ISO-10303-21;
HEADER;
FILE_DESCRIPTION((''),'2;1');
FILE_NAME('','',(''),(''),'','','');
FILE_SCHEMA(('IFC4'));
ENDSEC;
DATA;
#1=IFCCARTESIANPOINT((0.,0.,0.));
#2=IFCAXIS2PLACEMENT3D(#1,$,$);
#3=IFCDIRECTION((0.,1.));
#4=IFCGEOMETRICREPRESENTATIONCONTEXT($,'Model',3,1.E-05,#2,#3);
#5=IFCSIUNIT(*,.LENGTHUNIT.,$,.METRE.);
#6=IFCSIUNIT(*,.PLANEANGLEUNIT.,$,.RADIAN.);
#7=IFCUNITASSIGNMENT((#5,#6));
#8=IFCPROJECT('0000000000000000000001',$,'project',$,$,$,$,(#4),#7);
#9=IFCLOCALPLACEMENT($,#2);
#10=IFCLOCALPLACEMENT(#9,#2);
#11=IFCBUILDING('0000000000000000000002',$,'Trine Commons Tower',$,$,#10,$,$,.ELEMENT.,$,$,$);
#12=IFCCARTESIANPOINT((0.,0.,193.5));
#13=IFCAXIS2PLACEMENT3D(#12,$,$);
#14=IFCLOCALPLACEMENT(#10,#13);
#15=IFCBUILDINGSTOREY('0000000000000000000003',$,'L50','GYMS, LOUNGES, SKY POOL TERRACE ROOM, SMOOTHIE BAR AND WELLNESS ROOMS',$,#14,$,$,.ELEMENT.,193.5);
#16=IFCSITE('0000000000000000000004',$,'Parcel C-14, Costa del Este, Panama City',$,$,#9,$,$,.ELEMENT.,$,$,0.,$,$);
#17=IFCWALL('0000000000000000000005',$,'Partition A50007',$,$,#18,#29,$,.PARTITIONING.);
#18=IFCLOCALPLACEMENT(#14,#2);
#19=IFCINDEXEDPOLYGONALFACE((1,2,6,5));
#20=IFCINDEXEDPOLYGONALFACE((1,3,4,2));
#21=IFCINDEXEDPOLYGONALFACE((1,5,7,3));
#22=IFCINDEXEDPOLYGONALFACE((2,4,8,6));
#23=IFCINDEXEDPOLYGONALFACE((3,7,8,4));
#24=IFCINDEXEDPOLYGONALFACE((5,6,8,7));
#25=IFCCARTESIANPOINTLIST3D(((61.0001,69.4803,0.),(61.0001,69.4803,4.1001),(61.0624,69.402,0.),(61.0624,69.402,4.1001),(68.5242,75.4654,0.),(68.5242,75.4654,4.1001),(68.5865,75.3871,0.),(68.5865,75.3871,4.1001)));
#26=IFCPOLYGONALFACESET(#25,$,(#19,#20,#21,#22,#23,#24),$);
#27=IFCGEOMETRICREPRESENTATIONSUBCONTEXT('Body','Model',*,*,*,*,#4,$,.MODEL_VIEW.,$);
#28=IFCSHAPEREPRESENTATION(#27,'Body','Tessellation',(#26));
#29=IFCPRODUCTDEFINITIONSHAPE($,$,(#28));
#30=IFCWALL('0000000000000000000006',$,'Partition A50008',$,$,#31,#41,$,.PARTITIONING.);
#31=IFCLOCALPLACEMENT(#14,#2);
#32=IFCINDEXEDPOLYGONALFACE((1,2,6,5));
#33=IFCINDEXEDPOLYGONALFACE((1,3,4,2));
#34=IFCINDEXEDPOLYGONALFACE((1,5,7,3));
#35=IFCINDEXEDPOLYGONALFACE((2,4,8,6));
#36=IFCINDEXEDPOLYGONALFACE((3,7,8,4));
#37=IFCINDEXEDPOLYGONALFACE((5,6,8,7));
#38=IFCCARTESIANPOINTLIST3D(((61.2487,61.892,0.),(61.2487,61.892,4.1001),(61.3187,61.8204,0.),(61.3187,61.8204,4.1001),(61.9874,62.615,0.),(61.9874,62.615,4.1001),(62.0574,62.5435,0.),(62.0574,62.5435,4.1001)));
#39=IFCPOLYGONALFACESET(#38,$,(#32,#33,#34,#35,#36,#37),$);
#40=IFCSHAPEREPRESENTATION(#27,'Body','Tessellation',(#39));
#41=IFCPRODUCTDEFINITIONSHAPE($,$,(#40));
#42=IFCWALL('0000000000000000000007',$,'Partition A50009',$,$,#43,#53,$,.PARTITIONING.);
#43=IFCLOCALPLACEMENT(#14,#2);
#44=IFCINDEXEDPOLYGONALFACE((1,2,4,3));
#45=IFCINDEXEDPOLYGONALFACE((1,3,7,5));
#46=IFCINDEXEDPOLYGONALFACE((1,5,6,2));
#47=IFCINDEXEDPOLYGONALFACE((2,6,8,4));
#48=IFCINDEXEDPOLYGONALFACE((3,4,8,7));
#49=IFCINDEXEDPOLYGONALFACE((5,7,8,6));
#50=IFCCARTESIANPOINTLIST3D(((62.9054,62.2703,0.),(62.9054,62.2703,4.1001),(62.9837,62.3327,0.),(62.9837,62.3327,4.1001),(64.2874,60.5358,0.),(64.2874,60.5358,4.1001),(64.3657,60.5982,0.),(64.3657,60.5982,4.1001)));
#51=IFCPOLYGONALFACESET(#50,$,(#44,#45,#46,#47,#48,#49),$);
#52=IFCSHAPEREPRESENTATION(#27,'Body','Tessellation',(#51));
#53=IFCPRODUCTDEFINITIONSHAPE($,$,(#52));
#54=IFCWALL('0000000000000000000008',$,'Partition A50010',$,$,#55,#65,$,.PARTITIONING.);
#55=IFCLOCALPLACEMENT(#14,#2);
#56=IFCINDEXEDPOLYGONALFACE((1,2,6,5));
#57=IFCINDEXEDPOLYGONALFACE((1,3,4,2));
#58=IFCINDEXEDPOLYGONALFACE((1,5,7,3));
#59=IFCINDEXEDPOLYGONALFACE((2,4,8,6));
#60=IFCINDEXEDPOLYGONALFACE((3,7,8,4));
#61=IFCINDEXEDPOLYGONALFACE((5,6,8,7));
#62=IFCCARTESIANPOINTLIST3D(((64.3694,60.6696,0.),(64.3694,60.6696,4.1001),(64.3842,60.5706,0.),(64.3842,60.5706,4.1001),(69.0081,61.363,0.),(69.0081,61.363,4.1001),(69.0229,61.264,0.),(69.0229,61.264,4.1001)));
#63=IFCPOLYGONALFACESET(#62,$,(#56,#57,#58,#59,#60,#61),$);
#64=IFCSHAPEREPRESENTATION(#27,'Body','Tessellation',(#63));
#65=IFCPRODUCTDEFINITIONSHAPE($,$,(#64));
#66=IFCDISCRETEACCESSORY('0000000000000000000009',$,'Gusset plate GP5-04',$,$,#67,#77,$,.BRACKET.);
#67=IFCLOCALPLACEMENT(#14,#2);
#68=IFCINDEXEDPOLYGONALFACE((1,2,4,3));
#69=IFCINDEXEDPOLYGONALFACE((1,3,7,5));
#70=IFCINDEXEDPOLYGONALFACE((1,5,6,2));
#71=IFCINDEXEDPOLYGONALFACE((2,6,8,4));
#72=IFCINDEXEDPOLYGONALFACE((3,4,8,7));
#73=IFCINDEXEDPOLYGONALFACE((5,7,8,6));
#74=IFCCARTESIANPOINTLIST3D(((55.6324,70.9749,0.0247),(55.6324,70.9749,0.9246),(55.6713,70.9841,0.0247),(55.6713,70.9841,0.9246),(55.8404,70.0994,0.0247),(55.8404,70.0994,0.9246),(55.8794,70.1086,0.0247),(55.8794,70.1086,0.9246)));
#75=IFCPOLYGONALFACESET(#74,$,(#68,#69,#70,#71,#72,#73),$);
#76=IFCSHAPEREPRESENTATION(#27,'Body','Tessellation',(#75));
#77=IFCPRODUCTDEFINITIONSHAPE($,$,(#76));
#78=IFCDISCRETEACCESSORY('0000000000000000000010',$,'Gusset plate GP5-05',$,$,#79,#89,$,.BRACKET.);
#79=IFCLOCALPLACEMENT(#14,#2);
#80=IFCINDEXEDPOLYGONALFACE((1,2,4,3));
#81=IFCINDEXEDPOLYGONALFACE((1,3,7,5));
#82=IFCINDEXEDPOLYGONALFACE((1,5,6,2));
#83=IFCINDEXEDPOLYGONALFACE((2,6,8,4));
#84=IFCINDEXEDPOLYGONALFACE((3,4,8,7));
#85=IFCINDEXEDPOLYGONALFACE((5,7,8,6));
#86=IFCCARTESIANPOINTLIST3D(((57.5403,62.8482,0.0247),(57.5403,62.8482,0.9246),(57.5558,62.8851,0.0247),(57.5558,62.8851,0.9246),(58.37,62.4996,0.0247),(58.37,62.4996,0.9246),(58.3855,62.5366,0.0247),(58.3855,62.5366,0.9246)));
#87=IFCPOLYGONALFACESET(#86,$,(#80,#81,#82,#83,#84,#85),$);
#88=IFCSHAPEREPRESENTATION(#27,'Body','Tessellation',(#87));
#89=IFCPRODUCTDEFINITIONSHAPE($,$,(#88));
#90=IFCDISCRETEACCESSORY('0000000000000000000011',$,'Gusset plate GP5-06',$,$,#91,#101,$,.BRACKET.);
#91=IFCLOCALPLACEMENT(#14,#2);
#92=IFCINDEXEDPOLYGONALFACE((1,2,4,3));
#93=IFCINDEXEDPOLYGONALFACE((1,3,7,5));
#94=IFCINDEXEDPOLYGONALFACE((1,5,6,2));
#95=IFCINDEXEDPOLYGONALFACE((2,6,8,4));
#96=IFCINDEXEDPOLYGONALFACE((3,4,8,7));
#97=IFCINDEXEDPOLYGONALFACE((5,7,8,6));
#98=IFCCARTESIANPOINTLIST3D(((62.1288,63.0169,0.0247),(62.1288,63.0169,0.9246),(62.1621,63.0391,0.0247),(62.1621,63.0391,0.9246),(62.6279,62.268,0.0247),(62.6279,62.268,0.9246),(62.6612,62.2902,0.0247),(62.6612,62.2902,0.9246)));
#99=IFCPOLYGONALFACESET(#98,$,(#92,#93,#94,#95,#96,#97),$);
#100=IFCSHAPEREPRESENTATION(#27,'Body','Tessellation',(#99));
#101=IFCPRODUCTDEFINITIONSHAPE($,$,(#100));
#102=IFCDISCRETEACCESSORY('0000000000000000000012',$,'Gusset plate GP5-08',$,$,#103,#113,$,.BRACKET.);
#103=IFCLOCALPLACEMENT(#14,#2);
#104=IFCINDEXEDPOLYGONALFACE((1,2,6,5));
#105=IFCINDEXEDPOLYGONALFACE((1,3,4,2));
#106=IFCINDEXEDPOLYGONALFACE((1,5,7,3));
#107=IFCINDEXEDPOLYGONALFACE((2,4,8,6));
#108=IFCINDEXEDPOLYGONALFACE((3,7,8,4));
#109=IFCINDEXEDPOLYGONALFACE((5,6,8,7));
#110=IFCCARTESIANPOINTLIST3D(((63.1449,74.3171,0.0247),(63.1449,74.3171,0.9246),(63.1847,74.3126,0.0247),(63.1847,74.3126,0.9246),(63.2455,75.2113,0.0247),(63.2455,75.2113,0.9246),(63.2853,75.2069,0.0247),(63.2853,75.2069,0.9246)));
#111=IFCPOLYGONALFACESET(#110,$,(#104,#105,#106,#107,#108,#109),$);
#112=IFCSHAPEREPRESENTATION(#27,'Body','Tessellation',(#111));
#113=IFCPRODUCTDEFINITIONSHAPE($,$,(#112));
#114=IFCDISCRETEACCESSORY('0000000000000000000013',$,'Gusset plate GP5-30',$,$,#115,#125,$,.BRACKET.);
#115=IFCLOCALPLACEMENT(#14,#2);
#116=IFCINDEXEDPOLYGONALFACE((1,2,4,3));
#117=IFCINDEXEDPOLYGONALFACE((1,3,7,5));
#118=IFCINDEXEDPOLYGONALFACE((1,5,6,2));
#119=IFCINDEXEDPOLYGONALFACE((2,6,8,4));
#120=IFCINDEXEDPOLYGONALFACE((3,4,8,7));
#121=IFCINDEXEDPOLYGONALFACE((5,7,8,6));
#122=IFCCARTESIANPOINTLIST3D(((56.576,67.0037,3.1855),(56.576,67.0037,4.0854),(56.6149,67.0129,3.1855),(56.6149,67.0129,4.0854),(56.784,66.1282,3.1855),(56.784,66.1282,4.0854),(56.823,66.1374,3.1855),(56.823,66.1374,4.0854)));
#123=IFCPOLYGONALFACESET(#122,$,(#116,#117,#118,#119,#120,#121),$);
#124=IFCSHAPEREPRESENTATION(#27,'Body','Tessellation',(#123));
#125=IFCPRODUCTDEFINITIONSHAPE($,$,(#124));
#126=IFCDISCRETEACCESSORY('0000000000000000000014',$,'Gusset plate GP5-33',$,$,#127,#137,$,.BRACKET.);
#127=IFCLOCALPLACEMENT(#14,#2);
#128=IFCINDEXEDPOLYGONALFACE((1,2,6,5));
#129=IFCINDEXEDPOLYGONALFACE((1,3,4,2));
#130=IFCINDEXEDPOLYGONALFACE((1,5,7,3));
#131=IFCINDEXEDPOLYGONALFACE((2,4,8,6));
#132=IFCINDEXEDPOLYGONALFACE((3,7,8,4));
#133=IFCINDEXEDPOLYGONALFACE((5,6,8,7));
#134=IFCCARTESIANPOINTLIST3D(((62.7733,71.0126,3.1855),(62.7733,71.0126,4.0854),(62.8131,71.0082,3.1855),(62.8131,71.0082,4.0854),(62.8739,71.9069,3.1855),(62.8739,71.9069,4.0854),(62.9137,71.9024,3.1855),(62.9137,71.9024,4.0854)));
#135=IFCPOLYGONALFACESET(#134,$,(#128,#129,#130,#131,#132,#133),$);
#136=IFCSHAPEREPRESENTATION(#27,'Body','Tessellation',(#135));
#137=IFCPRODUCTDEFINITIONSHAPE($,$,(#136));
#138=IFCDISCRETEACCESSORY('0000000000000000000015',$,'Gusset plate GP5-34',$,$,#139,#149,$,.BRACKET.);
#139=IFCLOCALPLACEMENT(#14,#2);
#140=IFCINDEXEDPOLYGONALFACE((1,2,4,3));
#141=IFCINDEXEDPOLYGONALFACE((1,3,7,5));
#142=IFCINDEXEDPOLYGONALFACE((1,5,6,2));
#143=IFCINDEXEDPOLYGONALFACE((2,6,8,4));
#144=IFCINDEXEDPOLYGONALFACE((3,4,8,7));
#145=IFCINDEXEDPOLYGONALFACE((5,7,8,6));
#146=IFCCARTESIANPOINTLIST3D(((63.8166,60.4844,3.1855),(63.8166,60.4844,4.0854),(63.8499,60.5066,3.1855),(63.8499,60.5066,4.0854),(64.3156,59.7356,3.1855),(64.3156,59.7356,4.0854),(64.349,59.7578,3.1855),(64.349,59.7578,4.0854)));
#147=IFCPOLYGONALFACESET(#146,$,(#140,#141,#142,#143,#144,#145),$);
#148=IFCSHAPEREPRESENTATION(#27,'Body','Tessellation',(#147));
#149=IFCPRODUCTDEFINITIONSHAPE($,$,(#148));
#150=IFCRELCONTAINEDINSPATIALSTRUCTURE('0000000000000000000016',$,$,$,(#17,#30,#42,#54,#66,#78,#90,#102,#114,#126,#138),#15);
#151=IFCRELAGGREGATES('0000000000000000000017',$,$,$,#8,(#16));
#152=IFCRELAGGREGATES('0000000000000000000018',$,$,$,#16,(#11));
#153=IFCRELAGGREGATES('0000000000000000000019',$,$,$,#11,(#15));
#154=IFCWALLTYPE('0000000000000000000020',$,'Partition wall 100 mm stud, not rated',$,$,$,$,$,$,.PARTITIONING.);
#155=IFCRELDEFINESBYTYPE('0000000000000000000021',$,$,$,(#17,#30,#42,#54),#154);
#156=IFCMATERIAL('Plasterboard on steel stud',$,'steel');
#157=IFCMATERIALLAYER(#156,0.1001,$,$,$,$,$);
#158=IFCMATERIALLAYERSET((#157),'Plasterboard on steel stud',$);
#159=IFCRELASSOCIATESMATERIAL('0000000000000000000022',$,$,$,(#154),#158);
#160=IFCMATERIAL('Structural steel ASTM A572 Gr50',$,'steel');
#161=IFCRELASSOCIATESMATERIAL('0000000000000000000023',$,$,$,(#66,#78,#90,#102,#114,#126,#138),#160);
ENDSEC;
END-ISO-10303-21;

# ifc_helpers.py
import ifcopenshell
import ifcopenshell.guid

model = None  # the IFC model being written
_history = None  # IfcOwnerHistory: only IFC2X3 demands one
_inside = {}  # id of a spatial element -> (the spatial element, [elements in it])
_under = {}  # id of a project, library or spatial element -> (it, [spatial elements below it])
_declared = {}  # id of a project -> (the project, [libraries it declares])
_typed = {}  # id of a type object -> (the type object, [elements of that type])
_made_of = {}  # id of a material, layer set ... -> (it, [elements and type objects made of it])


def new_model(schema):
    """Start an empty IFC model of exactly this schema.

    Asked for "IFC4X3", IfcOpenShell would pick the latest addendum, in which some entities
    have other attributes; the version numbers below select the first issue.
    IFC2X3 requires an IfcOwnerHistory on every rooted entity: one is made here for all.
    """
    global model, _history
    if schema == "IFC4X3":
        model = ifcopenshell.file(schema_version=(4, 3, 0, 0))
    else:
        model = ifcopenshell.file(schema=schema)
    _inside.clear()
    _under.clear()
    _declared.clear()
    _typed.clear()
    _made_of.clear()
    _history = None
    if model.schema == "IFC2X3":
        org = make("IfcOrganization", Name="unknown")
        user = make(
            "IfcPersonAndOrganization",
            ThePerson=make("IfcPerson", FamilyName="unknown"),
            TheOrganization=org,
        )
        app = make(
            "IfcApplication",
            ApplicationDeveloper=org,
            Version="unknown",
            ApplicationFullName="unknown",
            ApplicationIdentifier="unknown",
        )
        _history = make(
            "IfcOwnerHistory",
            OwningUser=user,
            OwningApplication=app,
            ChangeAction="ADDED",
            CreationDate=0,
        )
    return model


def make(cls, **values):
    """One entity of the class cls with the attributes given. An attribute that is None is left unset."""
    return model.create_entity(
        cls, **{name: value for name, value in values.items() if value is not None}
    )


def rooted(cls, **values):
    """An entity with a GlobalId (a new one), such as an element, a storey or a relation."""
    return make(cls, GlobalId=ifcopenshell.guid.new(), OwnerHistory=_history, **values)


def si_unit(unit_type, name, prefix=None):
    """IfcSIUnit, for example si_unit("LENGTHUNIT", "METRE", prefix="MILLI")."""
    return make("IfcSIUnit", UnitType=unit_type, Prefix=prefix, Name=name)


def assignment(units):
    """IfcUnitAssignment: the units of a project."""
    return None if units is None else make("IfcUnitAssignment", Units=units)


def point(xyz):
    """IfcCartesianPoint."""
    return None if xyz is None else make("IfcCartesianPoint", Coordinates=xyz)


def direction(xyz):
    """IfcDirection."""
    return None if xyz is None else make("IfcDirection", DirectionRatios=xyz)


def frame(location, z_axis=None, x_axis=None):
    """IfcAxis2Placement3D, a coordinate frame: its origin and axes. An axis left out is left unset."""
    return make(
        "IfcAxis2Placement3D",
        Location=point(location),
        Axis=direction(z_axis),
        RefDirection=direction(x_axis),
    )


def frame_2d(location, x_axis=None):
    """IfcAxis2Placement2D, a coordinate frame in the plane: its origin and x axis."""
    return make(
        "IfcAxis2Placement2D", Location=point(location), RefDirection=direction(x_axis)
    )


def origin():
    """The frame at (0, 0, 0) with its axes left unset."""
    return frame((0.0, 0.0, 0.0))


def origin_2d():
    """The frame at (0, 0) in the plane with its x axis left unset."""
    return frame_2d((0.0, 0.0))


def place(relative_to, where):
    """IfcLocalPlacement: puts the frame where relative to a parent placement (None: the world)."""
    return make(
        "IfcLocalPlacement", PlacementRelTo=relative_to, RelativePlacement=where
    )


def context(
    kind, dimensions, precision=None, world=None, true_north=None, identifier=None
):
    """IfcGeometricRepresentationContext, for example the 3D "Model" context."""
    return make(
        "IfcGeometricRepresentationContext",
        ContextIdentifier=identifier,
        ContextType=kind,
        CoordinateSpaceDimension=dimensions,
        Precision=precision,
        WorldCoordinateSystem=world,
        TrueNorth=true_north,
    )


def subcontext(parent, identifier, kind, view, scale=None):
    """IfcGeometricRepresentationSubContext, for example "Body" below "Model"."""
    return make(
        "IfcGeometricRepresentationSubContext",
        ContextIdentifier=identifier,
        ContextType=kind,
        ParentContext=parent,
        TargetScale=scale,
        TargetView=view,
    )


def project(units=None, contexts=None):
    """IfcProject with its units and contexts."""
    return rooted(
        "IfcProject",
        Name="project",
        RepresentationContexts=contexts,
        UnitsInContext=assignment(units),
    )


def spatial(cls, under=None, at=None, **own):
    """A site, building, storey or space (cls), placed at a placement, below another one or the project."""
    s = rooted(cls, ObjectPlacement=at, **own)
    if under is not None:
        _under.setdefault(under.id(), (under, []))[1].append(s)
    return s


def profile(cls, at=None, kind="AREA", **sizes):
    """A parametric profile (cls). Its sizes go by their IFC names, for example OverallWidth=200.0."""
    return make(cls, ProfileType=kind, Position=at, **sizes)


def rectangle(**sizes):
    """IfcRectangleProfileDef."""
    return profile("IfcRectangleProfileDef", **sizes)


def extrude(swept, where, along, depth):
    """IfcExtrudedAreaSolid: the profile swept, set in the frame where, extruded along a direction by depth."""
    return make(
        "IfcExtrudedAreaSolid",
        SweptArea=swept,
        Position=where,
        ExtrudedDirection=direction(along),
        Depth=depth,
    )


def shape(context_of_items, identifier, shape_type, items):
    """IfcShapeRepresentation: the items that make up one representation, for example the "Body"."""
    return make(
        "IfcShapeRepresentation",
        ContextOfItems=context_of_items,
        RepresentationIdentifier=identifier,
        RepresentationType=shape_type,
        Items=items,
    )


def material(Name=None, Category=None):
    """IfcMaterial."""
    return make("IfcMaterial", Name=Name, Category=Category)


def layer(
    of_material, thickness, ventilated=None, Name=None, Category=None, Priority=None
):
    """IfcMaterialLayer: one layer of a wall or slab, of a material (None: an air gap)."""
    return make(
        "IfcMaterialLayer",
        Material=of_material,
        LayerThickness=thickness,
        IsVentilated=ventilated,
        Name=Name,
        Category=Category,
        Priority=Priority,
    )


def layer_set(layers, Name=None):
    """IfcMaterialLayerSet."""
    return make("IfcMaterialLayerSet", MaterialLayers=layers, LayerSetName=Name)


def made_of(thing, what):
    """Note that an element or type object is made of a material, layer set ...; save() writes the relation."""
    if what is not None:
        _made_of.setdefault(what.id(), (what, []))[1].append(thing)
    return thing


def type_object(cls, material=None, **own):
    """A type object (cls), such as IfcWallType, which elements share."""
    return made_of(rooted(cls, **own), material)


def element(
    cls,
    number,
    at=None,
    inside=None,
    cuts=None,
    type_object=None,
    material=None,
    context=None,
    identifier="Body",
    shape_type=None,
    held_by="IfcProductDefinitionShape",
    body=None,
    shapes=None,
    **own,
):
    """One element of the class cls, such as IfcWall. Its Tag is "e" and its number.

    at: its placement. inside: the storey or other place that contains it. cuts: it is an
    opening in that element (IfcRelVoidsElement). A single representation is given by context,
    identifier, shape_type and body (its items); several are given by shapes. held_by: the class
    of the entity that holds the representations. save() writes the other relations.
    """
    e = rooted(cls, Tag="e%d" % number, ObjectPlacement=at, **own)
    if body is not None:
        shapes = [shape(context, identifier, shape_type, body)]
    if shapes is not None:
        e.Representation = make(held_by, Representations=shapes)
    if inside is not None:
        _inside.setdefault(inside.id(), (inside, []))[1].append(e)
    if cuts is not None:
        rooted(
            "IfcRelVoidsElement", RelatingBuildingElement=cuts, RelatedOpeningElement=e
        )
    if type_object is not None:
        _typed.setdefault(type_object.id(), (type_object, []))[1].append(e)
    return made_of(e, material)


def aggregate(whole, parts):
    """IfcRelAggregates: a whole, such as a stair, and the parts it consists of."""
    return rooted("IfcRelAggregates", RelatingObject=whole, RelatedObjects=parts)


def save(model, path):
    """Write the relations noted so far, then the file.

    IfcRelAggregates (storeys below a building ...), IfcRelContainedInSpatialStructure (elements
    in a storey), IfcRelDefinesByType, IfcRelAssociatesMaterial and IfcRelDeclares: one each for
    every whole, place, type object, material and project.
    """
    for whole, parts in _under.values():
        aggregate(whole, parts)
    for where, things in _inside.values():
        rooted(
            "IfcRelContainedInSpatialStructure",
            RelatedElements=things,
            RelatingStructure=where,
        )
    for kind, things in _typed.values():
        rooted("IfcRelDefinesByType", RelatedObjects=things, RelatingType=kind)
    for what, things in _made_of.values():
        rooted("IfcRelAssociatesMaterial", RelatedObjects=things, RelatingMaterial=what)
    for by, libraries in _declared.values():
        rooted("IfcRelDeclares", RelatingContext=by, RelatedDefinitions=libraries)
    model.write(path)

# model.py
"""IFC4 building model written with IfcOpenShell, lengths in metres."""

from ifc_helpers import new_model, si_unit, direction, frame, frame_2d, origin, origin_2d, place, context, subcontext, project, spatial, rectangle, extrude, material, layer, layer_set, type_object, element, save


model = new_model("IFC4")

# Units and contexts
model_context = context("Model", 3, precision=1e-05, world=origin(), true_north=direction((0.0, 1.0)))
body_context = subcontext(model_context, "Body", "Model", "MODEL_VIEW")
ifc_project = project(units=[si_unit("LENGTHUNIT", "METRE"), si_unit("PLANEANGLEUNIT", "RADIAN")], contexts=[model_context])

# Site, building, storey
site_placement = place(None, origin())
site = spatial("IfcSite", under=ifc_project, at=site_placement, Name="Parcel C-14, Costa del Este, Panama City", CompositionType="ELEMENT", RefElevation=0.0)
building_placement = place(site_placement, origin())
building = spatial("IfcBuilding", under=site, at=building_placement, Name="Trine Commons Tower", CompositionType="ELEMENT")
storey_placement = place(building_placement, frame((0.0, 0.0, 193.5)))
storey = spatial("IfcBuildingStorey", under=building, at=storey_placement, Name="L50", Description="GYMS, LOUNGES, SKY POOL TERRACE ROOM, SMOOTHIE BAR AND WELLNESS ROOMS", CompositionType="ELEMENT", Elevation=193.5)

# Walls
ifc_material_1 = material(Name="Plasterboard on steel stud", Category="steel")
ifc_layer_1 = layer(ifc_material_1, 0.1001)
ifc_layer_set_1 = layer_set([ifc_layer_1], Name="Plasterboard on steel stud")
wall_type_1 = type_object("IfcWallType", Name="Partition wall 100 mm stud, not rated", PredefinedType="PARTITIONING", material=ifc_layer_set_1)
wall_1_placement = place(storey_placement, frame((61.0312, 69.4412, 0.0), z_axis=(0.0, 0.0, 1.0), x_axis=(0.782602, 0.622522, 0.0)))
element("IfcWall", 1, at=wall_1_placement, inside=storey, type_object=wall_type_1, Name="Partition A50007", PredefinedType="PARTITIONING", context=body_context, shape_type="SweptSolid", body=[
    extrude(rectangle(XDim=9.6143, YDim=0.1001, at=frame_2d((4.8071, 0.0))), origin(), (0.0, 0.0, 1.0), 4.1001),
])
wall_2_placement = place(storey_placement, frame((61.2837, 61.8562, 0.0), z_axis=(0.0, 0.0, 1.0), x_axis=(0.714624, 0.699509, 0.0)))
element("IfcWall", 2, at=wall_2_placement, inside=storey, type_object=wall_type_1, Name="Partition A50008", PredefinedType="PARTITIONING", context=body_context, shape_type="SweptSolid", body=[
    extrude(rectangle(XDim=1.0337, YDim=0.1001, at=frame_2d((0.5168, 0.0))), origin(), (0.0, 0.0, 1.0), 4.1001),
])
wall_3_placement = place(storey_placement, frame((62.9446, 62.3015, 0.0), z_axis=(0.0, 0.0, 1.0), x_axis=(0.62315, -0.782102, 0.0)))
element("IfcWall", 3, at=wall_3_placement, inside=storey, type_object=wall_type_1, Name="Partition A50009", PredefinedType="PARTITIONING", context=body_context, shape_type="SweptSolid", body=[
    extrude(rectangle(XDim=2.2178, YDim=0.1001, at=frame_2d((1.1089, 0.0))), origin(), (0.0, 0.0, 1.0), 4.1001),
])
wall_4_placement = place(storey_placement, frame((64.3767, 60.6201, 0.0), z_axis=(0.0, 0.0, 1.0), x_axis=(0.989013, 0.147831, 0.0)))
element("IfcWall", 4, at=wall_4_placement, inside=storey, type_object=wall_type_1, Name="Partition A50010", PredefinedType="PARTITIONING", context=body_context, shape_type="SweptSolid", body=[
    extrude(rectangle(XDim=4.6902, YDim=0.1001, at=frame_2d((2.3452, 0.0))), origin(), (0.0, 0.0, 1.0), 4.1001),
])

# Discrete accessories
ifc_material_2 = material(Name="Structural steel ASTM A572 Gr50", Category="steel")
for number, where, z_axis, x_axis, name in (
    (5, (55.7559, 70.5417, 0.0247), (0.0, 0.0, 1.0), (0.231205, -0.972905, 0.0), "Gusset plate GP5-04"),
    (6, (57.9629, 62.6924, 0.0247), (0.0, 0.0, 1.0), (0.921944, -0.387323, 0.0), "Gusset plate GP5-05"),
    (7, (62.395, 62.6536, 0.0247), (0.0, 0.0, 1.0), (0.554569, -0.832138, 0.0), "Gusset plate GP5-06"),
    (8, (63.2151, 74.762, 0.0247), (0.0, 0.0, 1.0), (-0.111781, -0.993733, 0.0), "Gusset plate GP5-08"),
    (9, (56.6995, 66.5706, 3.1855), (0.0, 0.0, 1.0), (0.231205, -0.972905, 0.0), "Gusset plate GP5-30"),
    (10, (62.8435, 71.4575, 3.1855), (0.0, 0.0, 1.0), (-0.111781, -0.993733, 0.0), "Gusset plate GP5-33"),
    (11, (64.0828, 60.1211, 3.1855), (0.0, 0.0, 1.0), (0.554569, -0.832138, 0.0), "Gusset plate GP5-34"),
):
    element("IfcDiscreteAccessory", number, at=place(storey_placement, frame(where, z_axis=z_axis, x_axis=x_axis)), inside=storey, material=ifc_material_2, Name=name, PredefinedType="BRACKET", context=body_context, shape_type="SweptSolid", body=[
        extrude(rectangle(XDim=0.8999, YDim=0.04, at=origin_2d()), origin(), (0.0, 0.0, 1.0), 0.8999),
    ])

save(model, "model.ifc")
